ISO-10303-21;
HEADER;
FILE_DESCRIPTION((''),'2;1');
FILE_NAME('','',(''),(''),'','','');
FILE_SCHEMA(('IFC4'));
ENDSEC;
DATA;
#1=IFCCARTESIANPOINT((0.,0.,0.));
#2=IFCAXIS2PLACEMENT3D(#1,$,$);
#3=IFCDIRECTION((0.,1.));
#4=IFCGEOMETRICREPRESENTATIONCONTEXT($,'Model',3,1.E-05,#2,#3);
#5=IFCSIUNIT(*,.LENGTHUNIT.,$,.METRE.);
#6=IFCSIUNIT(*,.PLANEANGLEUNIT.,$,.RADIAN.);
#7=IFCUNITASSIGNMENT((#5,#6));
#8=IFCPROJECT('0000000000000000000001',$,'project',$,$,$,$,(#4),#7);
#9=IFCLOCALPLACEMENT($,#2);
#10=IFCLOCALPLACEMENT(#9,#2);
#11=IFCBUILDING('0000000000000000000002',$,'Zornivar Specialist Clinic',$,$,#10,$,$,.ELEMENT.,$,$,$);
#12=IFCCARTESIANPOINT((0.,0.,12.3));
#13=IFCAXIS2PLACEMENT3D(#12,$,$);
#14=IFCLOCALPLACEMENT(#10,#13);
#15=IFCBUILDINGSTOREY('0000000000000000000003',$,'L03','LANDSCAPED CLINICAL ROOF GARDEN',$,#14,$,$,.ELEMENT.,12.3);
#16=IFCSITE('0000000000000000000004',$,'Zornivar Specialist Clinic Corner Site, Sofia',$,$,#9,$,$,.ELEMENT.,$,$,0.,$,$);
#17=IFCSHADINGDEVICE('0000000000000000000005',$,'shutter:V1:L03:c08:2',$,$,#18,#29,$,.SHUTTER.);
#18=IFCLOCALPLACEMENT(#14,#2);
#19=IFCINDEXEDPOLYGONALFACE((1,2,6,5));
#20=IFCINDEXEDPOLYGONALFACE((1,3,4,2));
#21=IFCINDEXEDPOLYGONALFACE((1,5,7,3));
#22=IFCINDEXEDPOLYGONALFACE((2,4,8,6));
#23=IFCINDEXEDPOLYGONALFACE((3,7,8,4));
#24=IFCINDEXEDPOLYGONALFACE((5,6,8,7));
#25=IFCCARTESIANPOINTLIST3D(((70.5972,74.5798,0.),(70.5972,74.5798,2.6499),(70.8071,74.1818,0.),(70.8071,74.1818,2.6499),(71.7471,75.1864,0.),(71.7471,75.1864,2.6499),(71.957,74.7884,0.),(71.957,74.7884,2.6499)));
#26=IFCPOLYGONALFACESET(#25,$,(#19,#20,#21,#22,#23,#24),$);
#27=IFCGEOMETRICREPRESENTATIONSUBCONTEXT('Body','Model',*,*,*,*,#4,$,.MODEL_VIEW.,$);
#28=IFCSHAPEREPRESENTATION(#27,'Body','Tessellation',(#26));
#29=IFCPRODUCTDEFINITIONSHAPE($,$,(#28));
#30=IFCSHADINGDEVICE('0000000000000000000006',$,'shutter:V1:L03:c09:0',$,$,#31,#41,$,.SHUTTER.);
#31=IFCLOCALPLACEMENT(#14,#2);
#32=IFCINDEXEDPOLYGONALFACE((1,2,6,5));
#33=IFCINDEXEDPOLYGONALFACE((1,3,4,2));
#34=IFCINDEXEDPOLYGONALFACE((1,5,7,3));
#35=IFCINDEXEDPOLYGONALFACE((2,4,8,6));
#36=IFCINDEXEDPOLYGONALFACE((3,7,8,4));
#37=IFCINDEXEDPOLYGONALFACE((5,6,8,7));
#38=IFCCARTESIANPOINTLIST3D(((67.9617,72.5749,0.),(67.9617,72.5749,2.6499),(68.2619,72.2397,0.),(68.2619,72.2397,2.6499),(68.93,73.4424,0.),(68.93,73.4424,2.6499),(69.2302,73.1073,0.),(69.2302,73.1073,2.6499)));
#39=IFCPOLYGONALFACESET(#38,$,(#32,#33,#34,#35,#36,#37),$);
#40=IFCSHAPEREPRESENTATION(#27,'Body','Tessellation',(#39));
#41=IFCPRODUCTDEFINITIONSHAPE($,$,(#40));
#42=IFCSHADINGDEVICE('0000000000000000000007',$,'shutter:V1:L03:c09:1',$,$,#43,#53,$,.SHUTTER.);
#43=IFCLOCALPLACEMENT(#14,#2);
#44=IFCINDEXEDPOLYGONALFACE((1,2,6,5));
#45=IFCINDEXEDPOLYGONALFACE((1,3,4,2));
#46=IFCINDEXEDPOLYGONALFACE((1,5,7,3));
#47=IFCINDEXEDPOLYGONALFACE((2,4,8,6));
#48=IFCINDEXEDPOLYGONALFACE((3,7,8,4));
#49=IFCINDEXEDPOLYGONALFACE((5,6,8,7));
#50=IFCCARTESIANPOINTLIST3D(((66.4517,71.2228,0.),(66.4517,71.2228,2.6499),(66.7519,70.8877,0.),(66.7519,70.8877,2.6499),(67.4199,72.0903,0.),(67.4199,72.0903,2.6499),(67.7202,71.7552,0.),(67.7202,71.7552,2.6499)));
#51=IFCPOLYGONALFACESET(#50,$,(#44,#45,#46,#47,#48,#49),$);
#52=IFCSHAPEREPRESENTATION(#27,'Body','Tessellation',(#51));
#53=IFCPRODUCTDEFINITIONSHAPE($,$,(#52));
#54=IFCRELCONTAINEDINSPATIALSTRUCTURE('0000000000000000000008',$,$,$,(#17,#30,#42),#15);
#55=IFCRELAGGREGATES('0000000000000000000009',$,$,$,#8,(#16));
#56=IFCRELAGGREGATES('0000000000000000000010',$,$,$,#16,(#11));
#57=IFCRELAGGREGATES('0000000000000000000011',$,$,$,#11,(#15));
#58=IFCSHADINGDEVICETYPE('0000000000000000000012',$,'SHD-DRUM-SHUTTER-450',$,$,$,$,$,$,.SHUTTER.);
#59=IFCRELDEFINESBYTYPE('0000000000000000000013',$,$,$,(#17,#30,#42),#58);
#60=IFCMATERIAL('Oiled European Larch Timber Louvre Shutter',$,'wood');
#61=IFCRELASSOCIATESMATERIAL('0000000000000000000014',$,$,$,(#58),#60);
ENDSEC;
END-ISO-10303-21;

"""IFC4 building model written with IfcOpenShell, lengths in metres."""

from ifc_helpers import new_model, si_unit, direction, frame, origin, origin_2d, place, context, subcontext, project, spatial, rectangle, extrude, material, type_object, element, save


model = new_model("IFC4")

# Units and contexts
model_context = context("Model", 3, precision=1e-05, world=origin(), true_north=direction((0.0, 1.0)))
body_context = subcontext(model_context, "Body", "Model", "MODEL_VIEW")
ifc_project = project(units=[si_unit("LENGTHUNIT", "METRE"), si_unit("PLANEANGLEUNIT", "RADIAN")], contexts=[model_context])

# Site, building, storey
site_placement = place(None, origin())
site = spatial("IfcSite", under=ifc_project, at=site_placement, Name="Zornivar Specialist Clinic Corner Site, Sofia", CompositionType="ELEMENT", RefElevation=0.0)
building_placement = place(site_placement, origin())
building = spatial("IfcBuilding", under=site, at=building_placement, Name="Zornivar Specialist Clinic", CompositionType="ELEMENT")
storey_placement = place(building_placement, frame((0.0, 0.0, 12.3)))
storey = spatial("IfcBuildingStorey", under=building, at=storey_placement, Name="L03", Description="LANDSCAPED CLINICAL ROOF GARDEN", CompositionType="ELEMENT", Elevation=12.3)

# Shading devices
ifc_material_1 = material(Name="Oiled European Larch Timber Louvre Shutter", Category="wood")
shading_device_type = type_object("IfcShadingDeviceType", Name="SHD-DRUM-SHUTTER-450", PredefinedType="SHUTTER", material=ifc_material_1)
for number, where, z_axis, x_axis, name in (
    (1, (71.2771, 74.6841, 0.0), (0.0, 0.0, 1.0), (-0.88447, -0.466597, 0.0), "shutter:V1:L03:c08:2"),
    (2, (68.5959, 72.8411, 0.0), (0.0, 0.0, 1.0), (-0.744797, -0.667291, 0.0), "shutter:V1:L03:c09:0"),
    (3, (67.0859, 71.489, 0.0), (0.0, 0.0, 1.0), (-0.744797, -0.667291, 0.0), "shutter:V1:L03:c09:1"),
):
    element("IfcShadingDevice", number, at=place(storey_placement, frame(where, z_axis=z_axis, x_axis=x_axis)), inside=storey, type_object=shading_device_type, Name=name, PredefinedType="SHUTTER", context=body_context, shape_type="SweptSolid", body=[
        extrude(rectangle(XDim=1.3, YDim=0.45, at=origin_2d()), origin(), (0.0, 0.0, 1.0), 2.6499),
    ])

save(model, "model.ifc")
